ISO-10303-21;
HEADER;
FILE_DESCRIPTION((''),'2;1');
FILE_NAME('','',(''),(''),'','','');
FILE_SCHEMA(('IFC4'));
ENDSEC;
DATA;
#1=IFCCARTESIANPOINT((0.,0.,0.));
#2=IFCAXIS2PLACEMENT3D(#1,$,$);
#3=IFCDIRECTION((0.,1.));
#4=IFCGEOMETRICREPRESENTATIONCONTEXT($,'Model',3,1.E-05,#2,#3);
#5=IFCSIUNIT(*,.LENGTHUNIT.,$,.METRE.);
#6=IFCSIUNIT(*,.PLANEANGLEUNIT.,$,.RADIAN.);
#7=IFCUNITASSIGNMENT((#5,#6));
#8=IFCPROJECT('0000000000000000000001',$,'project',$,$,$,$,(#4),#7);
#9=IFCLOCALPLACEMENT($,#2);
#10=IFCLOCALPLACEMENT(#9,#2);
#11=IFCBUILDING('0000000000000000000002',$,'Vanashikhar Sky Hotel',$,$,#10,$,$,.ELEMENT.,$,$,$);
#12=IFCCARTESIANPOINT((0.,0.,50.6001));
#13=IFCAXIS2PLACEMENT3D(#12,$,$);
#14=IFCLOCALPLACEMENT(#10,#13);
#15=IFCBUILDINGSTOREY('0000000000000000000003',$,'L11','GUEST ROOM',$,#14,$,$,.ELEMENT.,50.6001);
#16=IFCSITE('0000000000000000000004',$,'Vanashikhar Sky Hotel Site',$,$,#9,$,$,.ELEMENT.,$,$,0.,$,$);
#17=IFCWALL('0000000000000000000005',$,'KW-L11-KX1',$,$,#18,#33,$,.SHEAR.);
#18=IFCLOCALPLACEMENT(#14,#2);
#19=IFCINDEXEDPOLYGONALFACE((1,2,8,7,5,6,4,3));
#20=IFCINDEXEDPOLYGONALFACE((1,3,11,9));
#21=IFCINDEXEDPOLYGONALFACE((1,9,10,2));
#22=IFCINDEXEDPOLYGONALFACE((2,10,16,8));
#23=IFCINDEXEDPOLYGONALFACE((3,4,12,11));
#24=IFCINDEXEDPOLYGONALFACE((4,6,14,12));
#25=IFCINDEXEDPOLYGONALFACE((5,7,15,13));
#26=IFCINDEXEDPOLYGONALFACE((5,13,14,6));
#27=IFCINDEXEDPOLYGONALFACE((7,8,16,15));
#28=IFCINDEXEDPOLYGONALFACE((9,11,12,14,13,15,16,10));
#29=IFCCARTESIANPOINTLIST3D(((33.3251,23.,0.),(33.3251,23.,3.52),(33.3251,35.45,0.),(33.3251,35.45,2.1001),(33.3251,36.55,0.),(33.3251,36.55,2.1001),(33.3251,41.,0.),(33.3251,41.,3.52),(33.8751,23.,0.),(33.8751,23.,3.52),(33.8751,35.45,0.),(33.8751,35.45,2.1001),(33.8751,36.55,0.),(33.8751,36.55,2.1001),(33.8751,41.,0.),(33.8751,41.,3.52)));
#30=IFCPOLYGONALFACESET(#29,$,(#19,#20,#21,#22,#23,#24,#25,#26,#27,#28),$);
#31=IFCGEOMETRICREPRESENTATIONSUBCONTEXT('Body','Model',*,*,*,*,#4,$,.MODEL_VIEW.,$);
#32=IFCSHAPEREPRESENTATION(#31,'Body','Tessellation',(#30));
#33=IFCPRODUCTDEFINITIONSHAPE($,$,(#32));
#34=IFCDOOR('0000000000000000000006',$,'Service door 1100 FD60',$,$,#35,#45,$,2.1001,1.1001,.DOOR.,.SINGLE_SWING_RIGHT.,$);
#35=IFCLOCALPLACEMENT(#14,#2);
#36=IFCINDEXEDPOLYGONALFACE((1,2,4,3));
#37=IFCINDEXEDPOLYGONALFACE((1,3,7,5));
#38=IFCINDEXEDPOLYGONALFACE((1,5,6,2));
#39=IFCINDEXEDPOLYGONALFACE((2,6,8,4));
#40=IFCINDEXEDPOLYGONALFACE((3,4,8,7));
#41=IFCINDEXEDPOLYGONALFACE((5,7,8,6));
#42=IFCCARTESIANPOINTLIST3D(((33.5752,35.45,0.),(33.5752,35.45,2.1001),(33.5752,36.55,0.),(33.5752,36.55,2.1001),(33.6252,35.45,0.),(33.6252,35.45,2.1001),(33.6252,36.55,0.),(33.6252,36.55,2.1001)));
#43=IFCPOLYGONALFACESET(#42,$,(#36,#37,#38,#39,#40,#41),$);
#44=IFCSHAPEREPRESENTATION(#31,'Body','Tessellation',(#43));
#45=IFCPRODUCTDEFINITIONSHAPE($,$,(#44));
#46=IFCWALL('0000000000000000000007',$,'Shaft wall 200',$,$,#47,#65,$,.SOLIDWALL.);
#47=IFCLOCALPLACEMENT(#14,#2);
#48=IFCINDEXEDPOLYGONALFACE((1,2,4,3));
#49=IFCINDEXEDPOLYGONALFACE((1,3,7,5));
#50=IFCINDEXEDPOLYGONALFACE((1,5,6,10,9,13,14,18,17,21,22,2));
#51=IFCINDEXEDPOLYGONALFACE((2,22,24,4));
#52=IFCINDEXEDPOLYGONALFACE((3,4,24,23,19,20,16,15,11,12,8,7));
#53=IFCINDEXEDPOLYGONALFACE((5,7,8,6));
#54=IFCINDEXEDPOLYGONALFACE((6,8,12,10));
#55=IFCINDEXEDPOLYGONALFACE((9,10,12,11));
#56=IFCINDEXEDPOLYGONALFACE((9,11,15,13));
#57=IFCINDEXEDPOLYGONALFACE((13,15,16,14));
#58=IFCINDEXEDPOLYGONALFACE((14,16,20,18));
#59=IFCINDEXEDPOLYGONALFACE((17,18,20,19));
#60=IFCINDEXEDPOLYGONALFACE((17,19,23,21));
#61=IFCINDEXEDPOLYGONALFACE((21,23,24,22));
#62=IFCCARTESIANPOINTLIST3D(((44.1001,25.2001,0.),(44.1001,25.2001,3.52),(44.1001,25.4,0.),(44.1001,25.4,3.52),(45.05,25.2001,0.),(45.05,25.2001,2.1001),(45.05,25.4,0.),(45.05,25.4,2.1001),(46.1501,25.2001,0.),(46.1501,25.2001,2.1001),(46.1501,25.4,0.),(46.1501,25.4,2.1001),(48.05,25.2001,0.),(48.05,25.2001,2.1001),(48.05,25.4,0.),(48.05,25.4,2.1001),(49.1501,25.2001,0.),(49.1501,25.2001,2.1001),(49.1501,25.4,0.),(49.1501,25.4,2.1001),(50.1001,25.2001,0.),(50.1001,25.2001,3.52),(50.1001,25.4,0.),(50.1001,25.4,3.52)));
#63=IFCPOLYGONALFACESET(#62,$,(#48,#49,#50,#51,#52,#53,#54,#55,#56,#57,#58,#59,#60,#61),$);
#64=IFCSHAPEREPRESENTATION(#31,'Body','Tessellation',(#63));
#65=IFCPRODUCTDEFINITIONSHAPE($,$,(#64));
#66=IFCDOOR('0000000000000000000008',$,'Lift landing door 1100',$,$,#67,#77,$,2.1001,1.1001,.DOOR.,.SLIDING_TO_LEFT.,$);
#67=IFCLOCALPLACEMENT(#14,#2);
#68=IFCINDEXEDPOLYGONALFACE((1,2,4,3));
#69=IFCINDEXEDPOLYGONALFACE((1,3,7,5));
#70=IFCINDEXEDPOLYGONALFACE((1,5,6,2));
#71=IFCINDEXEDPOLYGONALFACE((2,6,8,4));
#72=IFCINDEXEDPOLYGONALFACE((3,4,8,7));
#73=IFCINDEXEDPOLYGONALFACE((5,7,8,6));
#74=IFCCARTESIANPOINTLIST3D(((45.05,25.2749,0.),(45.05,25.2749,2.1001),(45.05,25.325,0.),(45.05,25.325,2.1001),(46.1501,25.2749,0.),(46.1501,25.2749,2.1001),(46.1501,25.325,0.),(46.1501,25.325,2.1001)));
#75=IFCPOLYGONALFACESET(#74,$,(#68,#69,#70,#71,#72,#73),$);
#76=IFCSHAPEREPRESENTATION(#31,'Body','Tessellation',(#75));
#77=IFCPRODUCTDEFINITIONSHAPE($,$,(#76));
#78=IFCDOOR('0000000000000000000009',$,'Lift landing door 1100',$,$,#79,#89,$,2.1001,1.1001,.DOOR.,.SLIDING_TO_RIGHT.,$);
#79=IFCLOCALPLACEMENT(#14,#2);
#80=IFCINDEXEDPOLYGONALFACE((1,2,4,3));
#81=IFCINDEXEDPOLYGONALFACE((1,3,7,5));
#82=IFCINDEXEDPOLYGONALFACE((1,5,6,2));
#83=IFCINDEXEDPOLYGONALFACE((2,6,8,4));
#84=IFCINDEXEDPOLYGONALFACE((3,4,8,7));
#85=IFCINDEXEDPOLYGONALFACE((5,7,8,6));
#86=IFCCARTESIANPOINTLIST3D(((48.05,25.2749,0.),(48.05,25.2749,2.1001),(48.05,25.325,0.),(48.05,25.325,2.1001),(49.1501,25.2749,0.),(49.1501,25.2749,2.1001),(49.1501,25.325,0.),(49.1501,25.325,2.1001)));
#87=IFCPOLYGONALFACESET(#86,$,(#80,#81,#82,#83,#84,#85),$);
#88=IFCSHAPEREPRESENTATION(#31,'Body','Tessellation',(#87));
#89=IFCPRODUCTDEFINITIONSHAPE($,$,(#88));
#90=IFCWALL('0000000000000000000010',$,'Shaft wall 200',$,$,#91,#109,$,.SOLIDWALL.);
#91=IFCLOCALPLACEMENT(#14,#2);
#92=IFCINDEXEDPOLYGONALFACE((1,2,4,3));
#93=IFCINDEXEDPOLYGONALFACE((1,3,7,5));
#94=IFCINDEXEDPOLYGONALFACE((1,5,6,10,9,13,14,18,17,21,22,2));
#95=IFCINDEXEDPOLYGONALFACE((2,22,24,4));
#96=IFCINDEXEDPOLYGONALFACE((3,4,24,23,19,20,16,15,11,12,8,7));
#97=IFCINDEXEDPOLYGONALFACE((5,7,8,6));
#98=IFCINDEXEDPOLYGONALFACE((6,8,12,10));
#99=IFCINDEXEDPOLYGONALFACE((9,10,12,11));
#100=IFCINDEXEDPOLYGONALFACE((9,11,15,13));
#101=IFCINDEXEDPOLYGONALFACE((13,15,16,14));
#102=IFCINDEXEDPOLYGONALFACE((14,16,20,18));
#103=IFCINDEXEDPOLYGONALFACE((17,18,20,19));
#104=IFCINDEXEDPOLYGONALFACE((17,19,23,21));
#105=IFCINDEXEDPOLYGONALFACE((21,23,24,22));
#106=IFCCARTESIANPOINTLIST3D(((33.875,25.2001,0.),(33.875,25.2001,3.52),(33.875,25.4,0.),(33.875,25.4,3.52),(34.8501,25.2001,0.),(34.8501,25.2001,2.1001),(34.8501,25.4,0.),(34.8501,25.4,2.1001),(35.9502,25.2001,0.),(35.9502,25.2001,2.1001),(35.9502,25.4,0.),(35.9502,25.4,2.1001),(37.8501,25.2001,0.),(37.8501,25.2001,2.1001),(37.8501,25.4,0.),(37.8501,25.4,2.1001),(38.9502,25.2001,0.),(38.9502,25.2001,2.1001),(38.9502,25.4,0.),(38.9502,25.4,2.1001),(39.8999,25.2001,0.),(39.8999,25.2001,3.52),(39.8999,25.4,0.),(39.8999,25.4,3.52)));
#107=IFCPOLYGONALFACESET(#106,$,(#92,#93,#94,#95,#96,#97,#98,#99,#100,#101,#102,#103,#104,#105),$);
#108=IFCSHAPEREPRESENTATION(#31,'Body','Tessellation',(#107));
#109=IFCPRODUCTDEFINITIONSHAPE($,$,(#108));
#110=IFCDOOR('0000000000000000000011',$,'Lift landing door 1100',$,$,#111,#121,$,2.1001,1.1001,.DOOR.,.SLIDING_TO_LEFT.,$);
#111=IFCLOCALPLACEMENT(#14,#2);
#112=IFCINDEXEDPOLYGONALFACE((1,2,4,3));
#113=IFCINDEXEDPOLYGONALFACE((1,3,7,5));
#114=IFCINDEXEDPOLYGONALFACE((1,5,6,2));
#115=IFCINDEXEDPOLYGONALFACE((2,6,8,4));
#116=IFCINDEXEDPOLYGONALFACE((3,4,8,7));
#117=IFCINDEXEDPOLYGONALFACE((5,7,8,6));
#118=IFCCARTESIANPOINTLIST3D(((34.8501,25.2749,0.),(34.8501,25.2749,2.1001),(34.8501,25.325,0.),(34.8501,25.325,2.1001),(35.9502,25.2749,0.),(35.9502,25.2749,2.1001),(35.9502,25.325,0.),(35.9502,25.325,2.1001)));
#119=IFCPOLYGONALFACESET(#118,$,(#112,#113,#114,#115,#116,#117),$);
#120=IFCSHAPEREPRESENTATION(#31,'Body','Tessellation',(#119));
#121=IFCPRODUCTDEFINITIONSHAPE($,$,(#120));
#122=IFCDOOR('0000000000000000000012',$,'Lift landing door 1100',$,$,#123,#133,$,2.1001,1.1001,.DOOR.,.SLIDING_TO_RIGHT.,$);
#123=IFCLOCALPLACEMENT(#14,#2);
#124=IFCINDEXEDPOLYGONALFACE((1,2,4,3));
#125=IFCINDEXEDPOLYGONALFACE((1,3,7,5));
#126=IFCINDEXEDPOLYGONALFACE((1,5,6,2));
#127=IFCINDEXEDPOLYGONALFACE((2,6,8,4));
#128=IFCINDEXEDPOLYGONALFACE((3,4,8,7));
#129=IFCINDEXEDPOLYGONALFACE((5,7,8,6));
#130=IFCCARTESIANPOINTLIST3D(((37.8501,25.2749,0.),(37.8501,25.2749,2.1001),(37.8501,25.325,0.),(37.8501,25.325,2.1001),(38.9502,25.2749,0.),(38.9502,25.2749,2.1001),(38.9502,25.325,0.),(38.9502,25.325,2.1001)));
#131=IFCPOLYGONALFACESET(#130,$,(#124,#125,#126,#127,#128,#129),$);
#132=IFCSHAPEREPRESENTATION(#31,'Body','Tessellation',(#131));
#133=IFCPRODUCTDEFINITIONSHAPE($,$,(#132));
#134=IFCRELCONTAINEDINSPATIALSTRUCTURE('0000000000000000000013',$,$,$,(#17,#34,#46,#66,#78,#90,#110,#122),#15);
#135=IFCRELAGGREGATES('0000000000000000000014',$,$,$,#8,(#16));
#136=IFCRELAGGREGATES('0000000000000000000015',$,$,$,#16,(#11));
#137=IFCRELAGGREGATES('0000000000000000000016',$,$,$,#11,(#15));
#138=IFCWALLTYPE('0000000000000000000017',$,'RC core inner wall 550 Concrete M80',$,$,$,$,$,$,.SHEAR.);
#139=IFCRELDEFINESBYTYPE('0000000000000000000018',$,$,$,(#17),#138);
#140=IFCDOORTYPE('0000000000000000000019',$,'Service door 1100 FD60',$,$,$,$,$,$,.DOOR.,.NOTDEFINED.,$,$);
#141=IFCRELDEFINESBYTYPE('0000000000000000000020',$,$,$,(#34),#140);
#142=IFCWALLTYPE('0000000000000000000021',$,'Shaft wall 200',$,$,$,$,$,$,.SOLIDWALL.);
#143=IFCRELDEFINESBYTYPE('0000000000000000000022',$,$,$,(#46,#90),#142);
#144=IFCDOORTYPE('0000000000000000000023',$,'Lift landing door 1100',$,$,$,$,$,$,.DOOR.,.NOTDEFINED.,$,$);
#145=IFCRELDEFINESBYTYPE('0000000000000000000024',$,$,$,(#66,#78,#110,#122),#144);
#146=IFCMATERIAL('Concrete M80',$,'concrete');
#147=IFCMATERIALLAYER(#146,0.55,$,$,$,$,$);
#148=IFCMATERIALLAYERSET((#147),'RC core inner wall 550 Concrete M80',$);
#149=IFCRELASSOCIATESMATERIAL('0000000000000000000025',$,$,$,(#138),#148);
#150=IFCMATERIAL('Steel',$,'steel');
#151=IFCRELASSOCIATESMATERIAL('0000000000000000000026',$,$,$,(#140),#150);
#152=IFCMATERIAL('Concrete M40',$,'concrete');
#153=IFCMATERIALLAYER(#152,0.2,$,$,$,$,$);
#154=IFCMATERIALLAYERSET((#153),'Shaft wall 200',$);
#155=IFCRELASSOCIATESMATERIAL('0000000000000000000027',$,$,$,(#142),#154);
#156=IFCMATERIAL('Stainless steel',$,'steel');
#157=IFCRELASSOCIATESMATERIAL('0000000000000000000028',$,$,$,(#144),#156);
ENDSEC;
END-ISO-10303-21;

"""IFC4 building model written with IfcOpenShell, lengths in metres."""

from ifc_helpers import new_model, si_unit, direction, frame, frame_2d, origin, place, context, subcontext, project, spatial, rectangle, extrude, source, transform, mapped, material, layer, layer_set, type_object, element, fill, save


model = new_model("IFC4")

# Units and contexts
model_context = context("Model", 3, precision=1e-05, world=origin(), true_north=direction((0.0, 1.0)))
body_context = subcontext(model_context, "Body", "Model", "MODEL_VIEW")
ifc_project = project(units=[si_unit("LENGTHUNIT", "METRE"), si_unit("PLANEANGLEUNIT", "RADIAN")], contexts=[model_context])

# Site, building, storey
site_placement = place(None, origin())
site = spatial("IfcSite", under=ifc_project, at=site_placement, Name="Vanashikhar Sky Hotel Site", CompositionType="ELEMENT", RefElevation=0.0)
building_placement = place(site_placement, origin())
building = spatial("IfcBuilding", under=site, at=building_placement, Name="Vanashikhar Sky Hotel", CompositionType="ELEMENT")
storey_placement = place(building_placement, frame((0.0, 0.0, 50.6001)))
storey = spatial("IfcBuildingStorey", under=building, at=storey_placement, Name="L11", Description="GUEST ROOM", CompositionType="ELEMENT", Elevation=50.6001)

# Wall, opening, door
ifc_material_1 = material(Name="Concrete M80", Category="concrete")
ifc_layer_1 = layer(ifc_material_1, 0.55)
ifc_layer_set_1 = layer_set([ifc_layer_1], Name="RC core inner wall 550 Concrete M80")
wall_type_1 = type_object("IfcWallType", Name="RC core inner wall 550 Concrete M80", PredefinedType="SHEAR", material=ifc_layer_set_1)
shared_shape_1 = source(origin(), body_context, "Body", "SweptSolid", [
    extrude(rectangle(XDim=18.0, YDim=0.55, at=frame_2d((9.0, 0.0))), origin(), (0.0, 0.0, 1.0), 3.52),
])
wall_1_placement = place(storey_placement, frame((33.6001, 23.0, 0.0), z_axis=(0.0, 0.0, 1.0), x_axis=(0.0, 1.0, 0.0)))
wall_1 = element("IfcWall", 1, at=wall_1_placement, inside=storey, type_object=wall_type_1, Name="KW-L11-KX1", PredefinedType="SHEAR", context=body_context, shape_type="MappedRepresentation", body=[
    mapped(shared_shape_1, transform((0.0, 0.0, 0.0), scale=1.0)),
])
shared_shape_2 = source(origin(), body_context, "Body", "SweptSolid", [
    extrude(rectangle(XDim=1.1001, YDim=2.1001, at=frame_2d((0.55, 1.05))), frame((0.0, 0.2852, 0.0), z_axis=(0.0, -1.0, 0.0), x_axis=(1.0, 0.0, 0.0)), (0.0, 0.0, 1.0), 0.5701),
])
opening_1_placement = place(wall_1_placement, frame((12.45, 0.0, 0.0)))
opening_1 = element("IfcOpeningElement", 2, at=opening_1_placement, cuts=wall_1, PredefinedType="OPENING", context=body_context, shape_type="MappedRepresentation", body=[
    mapped(shared_shape_2, transform((0.0, 0.0, 0.0), scale=1.0)),
])
ifc_material_2 = material(Name="Steel", Category="steel")
door_type_1 = type_object("IfcDoorType", Name="Service door 1100 FD60", OperationType="NOTDEFINED", PredefinedType="DOOR", material=ifc_material_2)
shared_shape_3 = source(origin(), body_context, "Body", "SweptSolid", [
    extrude(rectangle(XDim=1.1001, YDim=2.1001, at=frame_2d((0.55, 1.05))), frame((0.0, 0.0249, 0.0), z_axis=(0.0, -1.0, 0.0), x_axis=(1.0, 0.0, 0.0)), (0.0, 0.0, 1.0), 0.05),
])
door_1_placement = place(opening_1_placement, origin())
door_1 = element("IfcDoor", 3, at=door_1_placement, inside=storey, type_object=door_type_1, Name="Service door 1100 FD60", OperationType="SINGLE_SWING_RIGHT", OverallHeight=2.1001, OverallWidth=1.1001, PredefinedType="DOOR", context=body_context, shape_type="MappedRepresentation", body=[
    mapped(shared_shape_3, transform((0.0, 0.0, 0.0), scale=1.0)),
])
fill(opening_1, door_1)

# Walls, openings, doors
ifc_material_3 = material(Name="Concrete M40", Category="concrete")
ifc_layer_2 = layer(ifc_material_3, 0.2)
ifc_layer_set_2 = layer_set([ifc_layer_2], Name="Shaft wall 200")
wall_type_2 = type_object("IfcWallType", Name="Shaft wall 200", PredefinedType="SOLIDWALL", material=ifc_layer_set_2)
shared_shape_4 = source(origin(), body_context, "Body", "SweptSolid", [
    extrude(rectangle(XDim=6.0, YDim=0.2, at=frame_2d((3.0, 0.0))), origin(), (0.0, 0.0, 1.0), 3.52),
])
wall_2_placement = place(storey_placement, frame((44.1001, 25.3, 0.0), z_axis=(0.0, 0.0, 1.0), x_axis=(1.0, 0.0, 0.0)))
wall_2 = element("IfcWall", 4, at=wall_2_placement, inside=storey, type_object=wall_type_2, Name="Shaft wall 200", PredefinedType="SOLIDWALL", context=body_context, shape_type="MappedRepresentation", body=[
    mapped(shared_shape_4, transform((0.0, 0.0, 0.0), scale=1.0)),
])
shared_shape_5 = source(origin(), body_context, "Body", "SweptSolid", [
    extrude(rectangle(XDim=1.1001, YDim=2.1001, at=frame_2d((0.55, 1.05))), frame((0.0, 0.1099, 0.0), z_axis=(0.0, -1.0, 0.0), x_axis=(1.0, 0.0, 0.0)), (0.0, 0.0, 1.0), 0.22),
])
opening_2_placement = place(wall_2_placement, frame((0.95, 0.0, 0.0)))
opening_2 = element("IfcOpeningElement", 5, at=opening_2_placement, cuts=wall_2, PredefinedType="OPENING", context=body_context, shape_type="MappedRepresentation", body=[
    mapped(shared_shape_5, transform((0.0, 0.0, 0.0), scale=1.0)),
])
opening_3_placement = place(wall_2_placement, frame((3.95, 0.0, 0.0)))
opening_3 = element("IfcOpeningElement", 6, at=opening_3_placement, cuts=wall_2, PredefinedType="OPENING", context=body_context, shape_type="MappedRepresentation", body=[
    mapped(shared_shape_5, transform((0.0, 0.0, 0.0), scale=1.0)),
])
ifc_material_4 = material(Name="Stainless steel", Category="steel")
door_type_2 = type_object("IfcDoorType", Name="Lift landing door 1100", OperationType="NOTDEFINED", PredefinedType="DOOR", material=ifc_material_4)
door_2_placement = place(opening_2_placement, origin())
door_2 = element("IfcDoor", 7, at=door_2_placement, inside=storey, type_object=door_type_2, Name="Lift landing door 1100", OperationType="SLIDING_TO_LEFT", OverallHeight=2.1001, OverallWidth=1.1001, PredefinedType="DOOR", context=body_context, shape_type="MappedRepresentation", body=[
    mapped(shared_shape_3, transform((0.0, 0.0, 0.0), scale=1.0)),
])
fill(opening_2, door_2)
door_3_placement = place(opening_3_placement, origin())
door_3 = element("IfcDoor", 8, at=door_3_placement, inside=storey, type_object=door_type_2, Name="Lift landing door 1100", OperationType="SLIDING_TO_RIGHT", OverallHeight=2.1001, OverallWidth=1.1001, PredefinedType="DOOR", context=body_context, shape_type="MappedRepresentation", body=[
    mapped(shared_shape_3, transform((0.0, 0.0, 0.0), scale=1.0)),
])
fill(opening_3, door_3)
shared_shape_6 = source(origin(), body_context, "Body", "SweptSolid", [
    extrude(rectangle(XDim=6.0249, YDim=0.2, at=frame_2d((3.0125, 0.0))), origin(), (0.0, 0.0, 1.0), 3.52),
])
wall_3_placement = place(storey_placement, frame((33.875, 25.3, 0.0), z_axis=(0.0, 0.0, 1.0), x_axis=(1.0, 0.0, 0.0)))
wall_3 = element("IfcWall", 9, at=wall_3_placement, inside=storey, type_object=wall_type_2, Name="Shaft wall 200", PredefinedType="SOLIDWALL", context=body_context, shape_type="MappedRepresentation", body=[
    mapped(shared_shape_6, transform((0.0, 0.0, 0.0), scale=1.0)),
])
opening_4_placement = place(wall_3_placement, frame((0.9751, 0.0, 0.0)))
opening_4 = element("IfcOpeningElement", 10, at=opening_4_placement, cuts=wall_3, PredefinedType="OPENING", context=body_context, shape_type="MappedRepresentation", body=[
    mapped(shared_shape_5, transform((0.0, 0.0, 0.0), scale=1.0)),
])
opening_5_placement = place(wall_3_placement, frame((3.9751, 0.0, 0.0)))
opening_5 = element("IfcOpeningElement", 11, at=opening_5_placement, cuts=wall_3, PredefinedType="OPENING", context=body_context, shape_type="MappedRepresentation", body=[
    mapped(shared_shape_5, transform((0.0, 0.0, 0.0), scale=1.0)),
])
door_4_placement = place(opening_4_placement, origin())
door_4 = element("IfcDoor", 12, at=door_4_placement, inside=storey, type_object=door_type_2, Name="Lift landing door 1100", OperationType="SLIDING_TO_LEFT", OverallHeight=2.1001, OverallWidth=1.1001, PredefinedType="DOOR", context=body_context, shape_type="MappedRepresentation", body=[
    mapped(shared_shape_3, transform((0.0, 0.0, 0.0), scale=1.0)),
])
fill(opening_4, door_4)
door_5_placement = place(opening_5_placement, origin())
door_5 = element("IfcDoor", 13, at=door_5_placement, inside=storey, type_object=door_type_2, Name="Lift landing door 1100", OperationType="SLIDING_TO_RIGHT", OverallHeight=2.1001, OverallWidth=1.1001, PredefinedType="DOOR", context=body_context, shape_type="MappedRepresentation", body=[
    mapped(shared_shape_3, transform((0.0, 0.0, 0.0), scale=1.0)),
])
fill(opening_5, door_5)

save(model, "model.ifc")
